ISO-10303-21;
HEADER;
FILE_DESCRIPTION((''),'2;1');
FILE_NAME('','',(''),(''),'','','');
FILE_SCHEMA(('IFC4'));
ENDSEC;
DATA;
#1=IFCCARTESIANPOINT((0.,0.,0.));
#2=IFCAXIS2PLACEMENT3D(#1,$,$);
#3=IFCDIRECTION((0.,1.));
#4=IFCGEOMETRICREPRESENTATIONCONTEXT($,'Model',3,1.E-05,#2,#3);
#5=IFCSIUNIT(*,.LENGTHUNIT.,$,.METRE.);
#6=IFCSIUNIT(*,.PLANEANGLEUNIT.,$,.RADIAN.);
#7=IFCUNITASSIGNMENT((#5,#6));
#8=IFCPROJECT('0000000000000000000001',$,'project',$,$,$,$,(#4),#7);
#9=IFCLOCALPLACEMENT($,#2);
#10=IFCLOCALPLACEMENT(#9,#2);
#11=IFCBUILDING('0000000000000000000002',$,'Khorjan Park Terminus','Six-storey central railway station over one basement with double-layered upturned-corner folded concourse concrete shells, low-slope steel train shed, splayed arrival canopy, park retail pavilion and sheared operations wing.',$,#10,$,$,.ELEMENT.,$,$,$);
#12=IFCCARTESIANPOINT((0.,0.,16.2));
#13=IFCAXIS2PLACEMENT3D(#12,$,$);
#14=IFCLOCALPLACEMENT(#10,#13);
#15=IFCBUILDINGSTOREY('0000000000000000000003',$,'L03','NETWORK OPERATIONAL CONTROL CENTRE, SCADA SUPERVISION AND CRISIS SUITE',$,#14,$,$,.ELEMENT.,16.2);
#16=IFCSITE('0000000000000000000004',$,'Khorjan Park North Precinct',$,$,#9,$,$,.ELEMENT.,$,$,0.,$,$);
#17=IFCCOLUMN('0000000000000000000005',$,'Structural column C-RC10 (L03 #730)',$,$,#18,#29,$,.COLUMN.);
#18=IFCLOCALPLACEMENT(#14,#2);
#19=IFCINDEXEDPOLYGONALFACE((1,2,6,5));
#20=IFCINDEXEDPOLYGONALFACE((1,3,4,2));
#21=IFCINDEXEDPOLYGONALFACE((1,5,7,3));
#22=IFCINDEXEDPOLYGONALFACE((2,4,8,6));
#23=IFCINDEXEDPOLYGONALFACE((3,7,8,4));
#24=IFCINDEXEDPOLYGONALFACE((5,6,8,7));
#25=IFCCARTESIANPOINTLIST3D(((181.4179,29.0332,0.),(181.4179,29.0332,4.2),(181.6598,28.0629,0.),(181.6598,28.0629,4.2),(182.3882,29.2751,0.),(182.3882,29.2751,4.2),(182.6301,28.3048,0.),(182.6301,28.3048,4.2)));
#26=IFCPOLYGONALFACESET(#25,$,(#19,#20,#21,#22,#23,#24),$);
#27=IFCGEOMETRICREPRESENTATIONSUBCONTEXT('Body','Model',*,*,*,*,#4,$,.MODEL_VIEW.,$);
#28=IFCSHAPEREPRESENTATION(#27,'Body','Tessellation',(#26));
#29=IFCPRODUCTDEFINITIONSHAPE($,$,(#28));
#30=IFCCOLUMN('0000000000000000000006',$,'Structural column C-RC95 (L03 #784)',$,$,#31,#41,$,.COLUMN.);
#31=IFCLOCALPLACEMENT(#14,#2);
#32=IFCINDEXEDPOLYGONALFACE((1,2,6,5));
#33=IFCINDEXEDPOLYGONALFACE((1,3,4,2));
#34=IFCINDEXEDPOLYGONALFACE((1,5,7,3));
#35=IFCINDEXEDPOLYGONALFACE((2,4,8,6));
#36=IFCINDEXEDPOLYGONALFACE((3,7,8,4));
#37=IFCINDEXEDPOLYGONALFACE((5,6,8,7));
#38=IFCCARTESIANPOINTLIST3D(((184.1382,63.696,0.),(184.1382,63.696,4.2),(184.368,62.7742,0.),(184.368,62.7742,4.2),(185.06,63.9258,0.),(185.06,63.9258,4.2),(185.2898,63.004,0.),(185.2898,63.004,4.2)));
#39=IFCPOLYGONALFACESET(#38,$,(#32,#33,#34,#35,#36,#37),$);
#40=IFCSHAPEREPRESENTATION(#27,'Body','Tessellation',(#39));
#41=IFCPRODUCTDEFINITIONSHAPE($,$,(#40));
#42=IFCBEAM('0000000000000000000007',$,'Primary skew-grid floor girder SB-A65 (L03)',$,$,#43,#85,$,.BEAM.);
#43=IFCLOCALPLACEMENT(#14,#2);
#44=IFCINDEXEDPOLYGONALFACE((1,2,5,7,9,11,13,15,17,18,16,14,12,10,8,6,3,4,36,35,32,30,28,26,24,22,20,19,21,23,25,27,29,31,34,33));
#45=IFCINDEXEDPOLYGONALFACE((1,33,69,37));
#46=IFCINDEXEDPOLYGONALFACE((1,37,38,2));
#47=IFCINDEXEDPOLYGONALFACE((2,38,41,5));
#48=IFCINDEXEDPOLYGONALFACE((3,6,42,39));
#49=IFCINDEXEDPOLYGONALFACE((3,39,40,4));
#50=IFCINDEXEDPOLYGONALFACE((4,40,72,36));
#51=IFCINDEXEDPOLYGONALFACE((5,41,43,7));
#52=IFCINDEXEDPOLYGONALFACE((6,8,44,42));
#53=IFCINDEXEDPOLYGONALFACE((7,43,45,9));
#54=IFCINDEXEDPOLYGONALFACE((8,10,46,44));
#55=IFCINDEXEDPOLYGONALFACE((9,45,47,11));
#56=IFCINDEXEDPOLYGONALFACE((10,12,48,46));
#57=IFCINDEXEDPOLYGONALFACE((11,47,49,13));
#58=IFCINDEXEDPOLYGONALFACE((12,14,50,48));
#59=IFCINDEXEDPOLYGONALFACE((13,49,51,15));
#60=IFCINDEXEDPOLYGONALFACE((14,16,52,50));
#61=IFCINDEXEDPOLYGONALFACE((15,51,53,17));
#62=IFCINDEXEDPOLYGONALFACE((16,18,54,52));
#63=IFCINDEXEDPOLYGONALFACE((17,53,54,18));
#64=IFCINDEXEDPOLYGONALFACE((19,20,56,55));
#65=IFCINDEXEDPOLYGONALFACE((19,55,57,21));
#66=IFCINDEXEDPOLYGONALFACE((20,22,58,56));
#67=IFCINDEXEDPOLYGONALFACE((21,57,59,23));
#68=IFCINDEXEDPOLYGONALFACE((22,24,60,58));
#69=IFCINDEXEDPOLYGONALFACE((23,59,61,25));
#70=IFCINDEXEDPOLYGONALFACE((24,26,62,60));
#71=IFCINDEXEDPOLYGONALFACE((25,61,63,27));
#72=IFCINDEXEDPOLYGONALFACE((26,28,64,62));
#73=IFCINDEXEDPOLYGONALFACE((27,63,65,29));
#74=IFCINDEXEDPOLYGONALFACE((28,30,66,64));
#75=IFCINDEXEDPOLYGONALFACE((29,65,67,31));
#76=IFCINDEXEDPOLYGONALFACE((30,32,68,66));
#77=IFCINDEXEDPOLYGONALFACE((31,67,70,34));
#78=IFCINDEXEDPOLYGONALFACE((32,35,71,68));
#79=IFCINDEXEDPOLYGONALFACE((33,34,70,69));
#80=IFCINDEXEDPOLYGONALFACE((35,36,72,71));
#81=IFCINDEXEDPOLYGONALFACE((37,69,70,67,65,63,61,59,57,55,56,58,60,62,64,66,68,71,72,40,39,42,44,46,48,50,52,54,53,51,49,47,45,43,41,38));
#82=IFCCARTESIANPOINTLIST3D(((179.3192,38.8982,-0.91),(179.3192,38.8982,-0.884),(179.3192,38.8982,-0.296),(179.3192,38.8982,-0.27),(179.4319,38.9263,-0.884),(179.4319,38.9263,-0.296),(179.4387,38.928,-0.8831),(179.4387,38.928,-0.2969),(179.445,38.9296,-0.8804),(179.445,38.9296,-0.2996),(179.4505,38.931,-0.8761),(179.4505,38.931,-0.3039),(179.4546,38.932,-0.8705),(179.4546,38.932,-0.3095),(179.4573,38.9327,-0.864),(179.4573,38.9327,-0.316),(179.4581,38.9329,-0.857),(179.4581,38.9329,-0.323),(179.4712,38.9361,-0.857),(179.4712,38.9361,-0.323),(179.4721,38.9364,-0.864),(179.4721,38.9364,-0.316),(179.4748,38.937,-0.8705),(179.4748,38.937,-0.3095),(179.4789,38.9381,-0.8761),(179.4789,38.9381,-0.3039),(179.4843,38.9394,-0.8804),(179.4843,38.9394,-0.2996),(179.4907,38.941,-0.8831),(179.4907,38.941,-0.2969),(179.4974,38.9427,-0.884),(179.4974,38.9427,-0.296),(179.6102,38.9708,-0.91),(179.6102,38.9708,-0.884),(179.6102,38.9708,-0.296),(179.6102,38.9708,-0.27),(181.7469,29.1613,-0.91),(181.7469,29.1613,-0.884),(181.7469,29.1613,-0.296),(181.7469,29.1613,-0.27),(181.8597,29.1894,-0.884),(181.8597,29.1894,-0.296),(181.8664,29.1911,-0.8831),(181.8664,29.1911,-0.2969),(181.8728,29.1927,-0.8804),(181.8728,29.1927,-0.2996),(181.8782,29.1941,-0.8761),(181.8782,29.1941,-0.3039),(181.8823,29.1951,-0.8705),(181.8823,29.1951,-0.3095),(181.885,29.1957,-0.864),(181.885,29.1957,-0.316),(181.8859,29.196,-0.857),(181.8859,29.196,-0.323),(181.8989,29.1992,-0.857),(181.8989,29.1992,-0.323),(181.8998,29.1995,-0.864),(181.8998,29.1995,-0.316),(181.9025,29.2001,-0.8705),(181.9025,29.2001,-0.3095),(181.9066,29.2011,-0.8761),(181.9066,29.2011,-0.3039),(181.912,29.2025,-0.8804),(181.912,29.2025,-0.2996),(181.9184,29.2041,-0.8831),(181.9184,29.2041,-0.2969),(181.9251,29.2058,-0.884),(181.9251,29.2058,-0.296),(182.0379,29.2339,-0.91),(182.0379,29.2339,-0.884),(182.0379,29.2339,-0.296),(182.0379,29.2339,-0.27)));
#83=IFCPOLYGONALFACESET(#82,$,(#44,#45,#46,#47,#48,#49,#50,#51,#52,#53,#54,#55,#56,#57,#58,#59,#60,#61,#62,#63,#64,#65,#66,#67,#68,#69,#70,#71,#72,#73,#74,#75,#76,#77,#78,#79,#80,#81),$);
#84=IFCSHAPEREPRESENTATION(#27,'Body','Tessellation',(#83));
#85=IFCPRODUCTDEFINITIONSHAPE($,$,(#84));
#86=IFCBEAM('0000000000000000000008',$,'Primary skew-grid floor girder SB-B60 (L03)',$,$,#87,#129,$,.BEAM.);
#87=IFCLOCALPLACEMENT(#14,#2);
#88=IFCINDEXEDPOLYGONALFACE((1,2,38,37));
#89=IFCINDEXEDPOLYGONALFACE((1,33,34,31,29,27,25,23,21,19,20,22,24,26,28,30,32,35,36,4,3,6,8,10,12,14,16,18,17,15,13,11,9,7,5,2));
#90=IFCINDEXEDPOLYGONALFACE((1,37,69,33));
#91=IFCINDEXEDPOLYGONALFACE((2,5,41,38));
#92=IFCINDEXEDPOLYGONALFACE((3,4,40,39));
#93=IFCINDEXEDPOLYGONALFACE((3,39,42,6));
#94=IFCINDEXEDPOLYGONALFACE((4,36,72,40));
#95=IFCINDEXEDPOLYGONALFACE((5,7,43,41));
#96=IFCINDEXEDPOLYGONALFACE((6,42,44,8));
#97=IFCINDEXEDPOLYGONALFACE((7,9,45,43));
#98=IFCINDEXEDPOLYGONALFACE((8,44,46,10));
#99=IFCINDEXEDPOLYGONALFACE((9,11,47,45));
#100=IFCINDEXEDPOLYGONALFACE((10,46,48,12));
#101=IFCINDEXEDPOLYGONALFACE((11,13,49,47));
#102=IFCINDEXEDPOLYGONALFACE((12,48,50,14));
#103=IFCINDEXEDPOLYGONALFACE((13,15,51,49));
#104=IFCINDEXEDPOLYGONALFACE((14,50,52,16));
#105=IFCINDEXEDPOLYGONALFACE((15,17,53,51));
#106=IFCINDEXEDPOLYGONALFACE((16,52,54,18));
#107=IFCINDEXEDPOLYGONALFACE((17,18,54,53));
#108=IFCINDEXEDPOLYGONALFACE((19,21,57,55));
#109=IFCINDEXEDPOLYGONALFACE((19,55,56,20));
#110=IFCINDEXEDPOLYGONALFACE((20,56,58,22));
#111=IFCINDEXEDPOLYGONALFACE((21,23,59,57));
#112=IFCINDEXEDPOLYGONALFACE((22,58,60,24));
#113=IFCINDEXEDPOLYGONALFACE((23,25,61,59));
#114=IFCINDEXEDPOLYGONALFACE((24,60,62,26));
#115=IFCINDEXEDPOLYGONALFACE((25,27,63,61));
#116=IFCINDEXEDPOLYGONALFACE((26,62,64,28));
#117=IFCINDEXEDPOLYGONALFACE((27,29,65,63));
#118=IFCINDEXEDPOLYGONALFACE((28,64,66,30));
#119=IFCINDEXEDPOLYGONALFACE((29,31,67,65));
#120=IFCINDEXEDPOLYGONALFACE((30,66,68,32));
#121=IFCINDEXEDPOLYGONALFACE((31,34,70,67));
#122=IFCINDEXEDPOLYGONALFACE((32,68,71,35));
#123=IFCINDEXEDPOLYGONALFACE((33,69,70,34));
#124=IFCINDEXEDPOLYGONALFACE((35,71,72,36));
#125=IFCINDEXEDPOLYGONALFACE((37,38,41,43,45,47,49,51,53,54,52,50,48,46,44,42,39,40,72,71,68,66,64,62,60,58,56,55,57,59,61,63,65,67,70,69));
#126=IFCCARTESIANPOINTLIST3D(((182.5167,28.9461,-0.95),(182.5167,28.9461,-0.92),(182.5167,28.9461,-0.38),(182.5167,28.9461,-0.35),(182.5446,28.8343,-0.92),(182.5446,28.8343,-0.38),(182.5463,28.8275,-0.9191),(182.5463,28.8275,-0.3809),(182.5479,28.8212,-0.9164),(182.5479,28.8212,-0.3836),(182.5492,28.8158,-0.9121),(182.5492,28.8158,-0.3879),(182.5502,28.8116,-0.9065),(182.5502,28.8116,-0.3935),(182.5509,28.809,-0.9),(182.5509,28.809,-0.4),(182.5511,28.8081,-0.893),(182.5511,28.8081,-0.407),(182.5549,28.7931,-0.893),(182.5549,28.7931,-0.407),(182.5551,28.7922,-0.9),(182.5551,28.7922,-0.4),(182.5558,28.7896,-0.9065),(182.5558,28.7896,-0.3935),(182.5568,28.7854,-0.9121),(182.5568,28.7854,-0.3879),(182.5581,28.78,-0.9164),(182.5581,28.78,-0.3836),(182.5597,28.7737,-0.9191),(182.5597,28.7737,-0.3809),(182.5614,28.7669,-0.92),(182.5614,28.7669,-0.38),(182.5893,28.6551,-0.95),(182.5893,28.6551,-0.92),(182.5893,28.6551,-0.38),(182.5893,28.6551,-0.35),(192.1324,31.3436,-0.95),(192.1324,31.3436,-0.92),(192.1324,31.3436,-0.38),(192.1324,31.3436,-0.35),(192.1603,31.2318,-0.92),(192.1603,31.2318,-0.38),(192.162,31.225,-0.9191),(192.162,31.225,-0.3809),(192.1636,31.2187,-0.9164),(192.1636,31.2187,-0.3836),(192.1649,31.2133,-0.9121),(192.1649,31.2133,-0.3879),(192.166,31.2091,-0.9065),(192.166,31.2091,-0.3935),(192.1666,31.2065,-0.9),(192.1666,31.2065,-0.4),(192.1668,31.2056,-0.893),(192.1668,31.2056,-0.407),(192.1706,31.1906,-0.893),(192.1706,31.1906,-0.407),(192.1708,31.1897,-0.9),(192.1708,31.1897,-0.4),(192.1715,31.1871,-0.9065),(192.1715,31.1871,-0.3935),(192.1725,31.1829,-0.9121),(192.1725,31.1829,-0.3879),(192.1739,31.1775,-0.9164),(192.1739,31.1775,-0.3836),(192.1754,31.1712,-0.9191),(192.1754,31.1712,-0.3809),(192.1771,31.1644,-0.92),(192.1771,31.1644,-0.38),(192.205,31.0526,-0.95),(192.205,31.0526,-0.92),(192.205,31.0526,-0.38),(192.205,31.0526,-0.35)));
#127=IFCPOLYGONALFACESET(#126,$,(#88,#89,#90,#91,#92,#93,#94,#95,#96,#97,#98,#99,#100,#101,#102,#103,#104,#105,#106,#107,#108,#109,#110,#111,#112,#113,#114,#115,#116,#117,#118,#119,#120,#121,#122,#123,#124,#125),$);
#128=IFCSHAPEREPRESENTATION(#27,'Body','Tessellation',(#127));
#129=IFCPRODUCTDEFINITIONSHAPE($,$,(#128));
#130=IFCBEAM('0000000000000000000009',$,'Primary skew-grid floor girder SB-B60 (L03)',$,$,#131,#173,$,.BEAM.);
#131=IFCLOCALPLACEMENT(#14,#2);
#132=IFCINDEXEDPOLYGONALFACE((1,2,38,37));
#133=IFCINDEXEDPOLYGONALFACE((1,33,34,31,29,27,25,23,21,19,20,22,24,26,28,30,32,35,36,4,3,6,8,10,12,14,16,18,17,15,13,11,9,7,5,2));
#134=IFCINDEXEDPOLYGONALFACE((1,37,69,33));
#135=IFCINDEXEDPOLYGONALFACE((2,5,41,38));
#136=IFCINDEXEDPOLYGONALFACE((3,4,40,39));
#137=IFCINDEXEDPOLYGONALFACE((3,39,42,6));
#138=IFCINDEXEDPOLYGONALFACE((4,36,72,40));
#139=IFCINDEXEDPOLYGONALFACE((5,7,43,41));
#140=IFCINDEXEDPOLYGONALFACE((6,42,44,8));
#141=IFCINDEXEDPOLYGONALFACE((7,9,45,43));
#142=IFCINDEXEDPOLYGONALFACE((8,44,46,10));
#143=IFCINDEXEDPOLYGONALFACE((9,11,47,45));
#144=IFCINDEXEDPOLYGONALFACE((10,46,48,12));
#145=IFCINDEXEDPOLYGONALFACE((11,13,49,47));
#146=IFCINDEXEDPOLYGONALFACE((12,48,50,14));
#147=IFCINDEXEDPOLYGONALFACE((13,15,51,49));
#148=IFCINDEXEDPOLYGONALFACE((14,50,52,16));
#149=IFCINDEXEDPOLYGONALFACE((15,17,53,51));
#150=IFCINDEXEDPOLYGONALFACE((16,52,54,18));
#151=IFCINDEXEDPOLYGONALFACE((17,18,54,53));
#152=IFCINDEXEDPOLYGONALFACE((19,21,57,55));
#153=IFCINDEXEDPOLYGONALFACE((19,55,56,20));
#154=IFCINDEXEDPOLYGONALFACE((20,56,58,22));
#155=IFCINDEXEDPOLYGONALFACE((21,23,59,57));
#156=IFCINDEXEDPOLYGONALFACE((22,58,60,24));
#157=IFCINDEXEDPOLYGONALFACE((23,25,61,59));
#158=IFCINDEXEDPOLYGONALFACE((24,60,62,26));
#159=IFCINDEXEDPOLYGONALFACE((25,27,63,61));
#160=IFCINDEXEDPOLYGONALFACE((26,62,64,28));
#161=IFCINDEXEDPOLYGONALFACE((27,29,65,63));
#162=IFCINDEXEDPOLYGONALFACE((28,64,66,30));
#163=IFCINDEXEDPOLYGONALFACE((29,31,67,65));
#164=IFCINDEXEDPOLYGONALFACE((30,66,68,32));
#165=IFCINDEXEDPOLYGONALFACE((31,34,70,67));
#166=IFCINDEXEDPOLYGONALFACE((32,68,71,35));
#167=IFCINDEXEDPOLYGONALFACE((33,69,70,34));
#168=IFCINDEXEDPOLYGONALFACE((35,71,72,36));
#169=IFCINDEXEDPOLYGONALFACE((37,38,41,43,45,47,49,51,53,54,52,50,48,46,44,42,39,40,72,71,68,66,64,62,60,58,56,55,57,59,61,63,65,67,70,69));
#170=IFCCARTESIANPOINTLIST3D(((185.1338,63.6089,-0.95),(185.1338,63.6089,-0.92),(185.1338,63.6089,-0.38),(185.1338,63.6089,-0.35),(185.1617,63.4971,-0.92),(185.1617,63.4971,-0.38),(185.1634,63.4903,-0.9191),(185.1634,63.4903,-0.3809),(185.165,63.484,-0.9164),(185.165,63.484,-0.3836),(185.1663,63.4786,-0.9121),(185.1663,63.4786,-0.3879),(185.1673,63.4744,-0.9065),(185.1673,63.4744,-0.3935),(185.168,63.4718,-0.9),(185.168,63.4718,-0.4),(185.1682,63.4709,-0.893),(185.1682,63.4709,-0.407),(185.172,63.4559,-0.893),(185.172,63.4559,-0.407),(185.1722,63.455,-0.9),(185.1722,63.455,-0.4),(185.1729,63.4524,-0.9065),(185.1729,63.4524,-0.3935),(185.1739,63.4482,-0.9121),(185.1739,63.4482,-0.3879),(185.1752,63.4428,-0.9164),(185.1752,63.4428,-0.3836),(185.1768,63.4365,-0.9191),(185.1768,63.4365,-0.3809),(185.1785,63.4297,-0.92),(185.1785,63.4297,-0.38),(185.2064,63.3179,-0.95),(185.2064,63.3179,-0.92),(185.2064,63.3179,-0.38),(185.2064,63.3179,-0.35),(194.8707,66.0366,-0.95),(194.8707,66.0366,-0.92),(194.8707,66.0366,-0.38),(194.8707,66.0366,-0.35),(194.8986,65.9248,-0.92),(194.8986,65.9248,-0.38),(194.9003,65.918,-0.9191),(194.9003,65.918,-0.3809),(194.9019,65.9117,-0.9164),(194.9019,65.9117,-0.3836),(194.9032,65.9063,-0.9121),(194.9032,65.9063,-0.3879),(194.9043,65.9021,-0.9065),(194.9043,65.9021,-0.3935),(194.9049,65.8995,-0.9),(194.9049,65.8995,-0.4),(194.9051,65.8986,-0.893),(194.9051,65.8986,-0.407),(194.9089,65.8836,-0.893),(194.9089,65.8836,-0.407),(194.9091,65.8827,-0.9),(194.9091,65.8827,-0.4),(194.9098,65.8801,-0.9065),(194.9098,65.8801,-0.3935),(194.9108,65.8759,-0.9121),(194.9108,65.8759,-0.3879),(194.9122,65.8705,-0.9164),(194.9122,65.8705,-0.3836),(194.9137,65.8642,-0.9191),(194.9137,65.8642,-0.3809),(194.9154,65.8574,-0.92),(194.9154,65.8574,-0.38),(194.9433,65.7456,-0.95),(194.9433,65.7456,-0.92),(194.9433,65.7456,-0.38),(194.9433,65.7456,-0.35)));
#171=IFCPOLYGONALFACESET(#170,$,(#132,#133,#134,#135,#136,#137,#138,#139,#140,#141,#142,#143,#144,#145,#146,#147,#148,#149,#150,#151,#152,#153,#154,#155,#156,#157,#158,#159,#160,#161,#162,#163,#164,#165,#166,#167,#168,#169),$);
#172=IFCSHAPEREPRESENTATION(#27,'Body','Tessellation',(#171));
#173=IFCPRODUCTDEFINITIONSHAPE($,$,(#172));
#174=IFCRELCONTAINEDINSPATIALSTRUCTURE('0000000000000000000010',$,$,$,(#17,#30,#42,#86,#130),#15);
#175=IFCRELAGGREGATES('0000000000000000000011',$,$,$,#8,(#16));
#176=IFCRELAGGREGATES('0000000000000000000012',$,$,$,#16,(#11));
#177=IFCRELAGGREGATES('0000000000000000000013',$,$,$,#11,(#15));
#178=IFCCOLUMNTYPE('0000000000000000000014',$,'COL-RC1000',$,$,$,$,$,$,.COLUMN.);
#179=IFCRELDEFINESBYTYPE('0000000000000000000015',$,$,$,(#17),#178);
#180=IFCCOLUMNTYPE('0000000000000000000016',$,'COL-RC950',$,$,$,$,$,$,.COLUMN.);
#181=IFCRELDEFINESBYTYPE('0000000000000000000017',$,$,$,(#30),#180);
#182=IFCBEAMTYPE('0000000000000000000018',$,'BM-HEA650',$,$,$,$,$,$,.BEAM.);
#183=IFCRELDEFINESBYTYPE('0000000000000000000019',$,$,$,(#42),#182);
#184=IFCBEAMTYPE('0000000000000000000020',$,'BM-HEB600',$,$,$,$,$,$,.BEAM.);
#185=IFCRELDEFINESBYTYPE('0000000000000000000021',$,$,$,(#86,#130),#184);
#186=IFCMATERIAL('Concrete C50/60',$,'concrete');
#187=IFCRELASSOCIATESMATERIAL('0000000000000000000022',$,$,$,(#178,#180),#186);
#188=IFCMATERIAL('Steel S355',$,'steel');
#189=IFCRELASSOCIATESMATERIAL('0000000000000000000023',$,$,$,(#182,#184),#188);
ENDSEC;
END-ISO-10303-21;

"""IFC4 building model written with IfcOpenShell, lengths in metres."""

from ifc_helpers import new_model, si_unit, direction, frame, origin, origin_2d, place, context, subcontext, project, spatial, rectangle, i_section, extrude, material, material_profile, profile_set, type_object, element, save


model = new_model("IFC4")

# Units and contexts
model_context = context("Model", 3, precision=1e-05, world=origin(), true_north=direction((0.0, 1.0)))
body_context = subcontext(model_context, "Body", "Model", "MODEL_VIEW")
ifc_project = project(units=[si_unit("LENGTHUNIT", "METRE"), si_unit("PLANEANGLEUNIT", "RADIAN")], contexts=[model_context])

# Site, building, storey
site_placement = place(None, origin())
site = spatial("IfcSite", under=ifc_project, at=site_placement, Name="Khorjan Park North Precinct", CompositionType="ELEMENT", RefElevation=0.0)
building_placement = place(site_placement, origin())
building = spatial("IfcBuilding", under=site, at=building_placement, Name="Khorjan Park Terminus", Description="Six-storey central railway station over one basement with double-layered upturned-corner folded concourse concrete shells, low-slope steel train shed, splayed arrival canopy, park retail pavilion and sheared operations wing.", CompositionType="ELEMENT")
storey_placement = place(building_placement, frame((0.0, 0.0, 16.2)))
storey = spatial("IfcBuildingStorey", under=building, at=storey_placement, Name="L03", Description="NETWORK OPERATIONAL CONTROL CENTRE, SCADA SUPERVISION AND CRISIS SUITE", CompositionType="ELEMENT", Elevation=16.2)

# Columns
ifc_material_1 = material(Name="Concrete C50/60", Category="concrete")
ifc_material_profile_1 = material_profile(ifc_material_1, rectangle(XDim=1.0, YDim=1.0, at=origin_2d()), Name="RC 1000x1000")
ifc_profile_set_1 = profile_set([ifc_material_profile_1], Name="Concrete C50/60")
column_type_1 = type_object("IfcColumnType", Name="COL-RC1000", PredefinedType="COLUMN", material=ifc_profile_set_1)
column_1_placement = place(storey_placement, frame((182.024, 28.669, 0.0), z_axis=(0.0, 0.0, 1.0), x_axis=(0.970296, 0.241922, 0.0)))
element("IfcColumn", 1, at=column_1_placement, inside=storey, type_object=column_type_1, Name="Structural column C-RC10 (L03 #730)", PredefinedType="COLUMN", context=body_context, shape_type="SweptSolid", body=[
    extrude(rectangle(XDim=1.0, YDim=1.0, at=origin_2d()), origin(), (0.0, 0.0, 1.0), 4.2),
])
ifc_material_profile_2 = material_profile(ifc_material_1, rectangle(XDim=0.95, YDim=0.95, at=origin_2d()), Name="RC 950x950")
ifc_profile_set_2 = profile_set([ifc_material_profile_2], Name="Concrete C50/60")
column_type_2 = type_object("IfcColumnType", Name="COL-RC950", PredefinedType="COLUMN", material=ifc_profile_set_2)
column_2_placement = place(storey_placement, frame((184.714, 63.35, 0.0), z_axis=(0.0, 0.0, 1.0), x_axis=(0.970296, 0.241922, 0.0)))
element("IfcColumn", 2, at=column_2_placement, inside=storey, type_object=column_type_2, Name="Structural column C-RC95 (L03 #784)", PredefinedType="COLUMN", context=body_context, shape_type="SweptSolid", body=[
    extrude(rectangle(XDim=0.95, YDim=0.95, at=origin_2d()), origin(), (0.0, 0.0, 1.0), 4.2),
])

# Beams
ifc_material_2 = material(Name="Steel S355", Category="steel")
ifc_material_profile_3 = material_profile(ifc_material_2, i_section(OverallWidth=0.3, OverallDepth=0.64, WebThickness=0.0135, FlangeThickness=0.026, FilletRadius=0.027, at=origin_2d()), Name="HEA 650")
ifc_profile_set_3 = profile_set([ifc_material_profile_3], Name="Steel S355")
beam_type_1 = type_object("IfcBeamType", Name="BM-HEA650", PredefinedType="BEAM", material=ifc_profile_set_3)
beam_1_placement = place(storey_placement, frame((181.8924, 29.1976, -0.59), z_axis=(-0.241924, 0.970295, 0.0), x_axis=(-0.970295, -0.241924, 0.0)))
element("IfcBeam", 3, at=beam_1_placement, inside=storey, type_object=beam_type_1, Name="Primary skew-grid floor girder SB-A65 (L03)", PredefinedType="BEAM", context=body_context, shape_type="SweptSolid", body=[
    extrude(i_section(OverallWidth=0.3, OverallDepth=0.64, WebThickness=0.0135, FlangeThickness=0.026, FilletRadius=0.027, at=origin_2d()), origin(), (0.0, 0.0, 1.0), 10.035),
])
ifc_material_profile_4 = material_profile(ifc_material_2, i_section(OverallWidth=0.3, OverallDepth=0.6, WebThickness=0.0155, FlangeThickness=0.03, FilletRadius=0.027, at=origin_2d()), Name="HEB 600")
ifc_profile_set_4 = profile_set([ifc_material_profile_4], Name="Steel S355")
beam_type_2 = type_object("IfcBeamType", Name="BM-HEB600", PredefinedType="BEAM", material=ifc_profile_set_4)
beam_2_placement = place(storey_placement, frame((182.553, 28.8006, -0.65), z_axis=(0.970295, 0.241925, 0.0), x_axis=(-0.241925, 0.970295, 0.0)))
element("IfcBeam", 4, at=beam_2_placement, inside=storey, type_object=beam_type_2, Name="Primary skew-grid floor girder SB-B60 (L03)", PredefinedType="BEAM", context=body_context, shape_type="SweptSolid", body=[
    extrude(i_section(OverallWidth=0.3, OverallDepth=0.6, WebThickness=0.0155, FlangeThickness=0.03, FilletRadius=0.027, at=origin_2d()), origin(), (0.0, 0.0, 1.0), 9.9101),
])
beam_3_placement = place(storey_placement, frame((185.1701, 63.4634, -0.65), z_axis=(0.970295, 0.241924, 0.0), x_axis=(-0.241924, 0.970295, 0.0)))
element("IfcBeam", 5, at=beam_3_placement, inside=storey, type_object=beam_type_2, Name="Primary skew-grid floor girder SB-B60 (L03)", PredefinedType="BEAM", context=body_context, shape_type="SweptSolid", body=[
    extrude(i_section(OverallWidth=0.3, OverallDepth=0.6, WebThickness=0.0155, FlangeThickness=0.03, FilletRadius=0.027, at=origin_2d()), origin(), (0.0, 0.0, 1.0), 10.035),
])

save(model, "model.ifc")
